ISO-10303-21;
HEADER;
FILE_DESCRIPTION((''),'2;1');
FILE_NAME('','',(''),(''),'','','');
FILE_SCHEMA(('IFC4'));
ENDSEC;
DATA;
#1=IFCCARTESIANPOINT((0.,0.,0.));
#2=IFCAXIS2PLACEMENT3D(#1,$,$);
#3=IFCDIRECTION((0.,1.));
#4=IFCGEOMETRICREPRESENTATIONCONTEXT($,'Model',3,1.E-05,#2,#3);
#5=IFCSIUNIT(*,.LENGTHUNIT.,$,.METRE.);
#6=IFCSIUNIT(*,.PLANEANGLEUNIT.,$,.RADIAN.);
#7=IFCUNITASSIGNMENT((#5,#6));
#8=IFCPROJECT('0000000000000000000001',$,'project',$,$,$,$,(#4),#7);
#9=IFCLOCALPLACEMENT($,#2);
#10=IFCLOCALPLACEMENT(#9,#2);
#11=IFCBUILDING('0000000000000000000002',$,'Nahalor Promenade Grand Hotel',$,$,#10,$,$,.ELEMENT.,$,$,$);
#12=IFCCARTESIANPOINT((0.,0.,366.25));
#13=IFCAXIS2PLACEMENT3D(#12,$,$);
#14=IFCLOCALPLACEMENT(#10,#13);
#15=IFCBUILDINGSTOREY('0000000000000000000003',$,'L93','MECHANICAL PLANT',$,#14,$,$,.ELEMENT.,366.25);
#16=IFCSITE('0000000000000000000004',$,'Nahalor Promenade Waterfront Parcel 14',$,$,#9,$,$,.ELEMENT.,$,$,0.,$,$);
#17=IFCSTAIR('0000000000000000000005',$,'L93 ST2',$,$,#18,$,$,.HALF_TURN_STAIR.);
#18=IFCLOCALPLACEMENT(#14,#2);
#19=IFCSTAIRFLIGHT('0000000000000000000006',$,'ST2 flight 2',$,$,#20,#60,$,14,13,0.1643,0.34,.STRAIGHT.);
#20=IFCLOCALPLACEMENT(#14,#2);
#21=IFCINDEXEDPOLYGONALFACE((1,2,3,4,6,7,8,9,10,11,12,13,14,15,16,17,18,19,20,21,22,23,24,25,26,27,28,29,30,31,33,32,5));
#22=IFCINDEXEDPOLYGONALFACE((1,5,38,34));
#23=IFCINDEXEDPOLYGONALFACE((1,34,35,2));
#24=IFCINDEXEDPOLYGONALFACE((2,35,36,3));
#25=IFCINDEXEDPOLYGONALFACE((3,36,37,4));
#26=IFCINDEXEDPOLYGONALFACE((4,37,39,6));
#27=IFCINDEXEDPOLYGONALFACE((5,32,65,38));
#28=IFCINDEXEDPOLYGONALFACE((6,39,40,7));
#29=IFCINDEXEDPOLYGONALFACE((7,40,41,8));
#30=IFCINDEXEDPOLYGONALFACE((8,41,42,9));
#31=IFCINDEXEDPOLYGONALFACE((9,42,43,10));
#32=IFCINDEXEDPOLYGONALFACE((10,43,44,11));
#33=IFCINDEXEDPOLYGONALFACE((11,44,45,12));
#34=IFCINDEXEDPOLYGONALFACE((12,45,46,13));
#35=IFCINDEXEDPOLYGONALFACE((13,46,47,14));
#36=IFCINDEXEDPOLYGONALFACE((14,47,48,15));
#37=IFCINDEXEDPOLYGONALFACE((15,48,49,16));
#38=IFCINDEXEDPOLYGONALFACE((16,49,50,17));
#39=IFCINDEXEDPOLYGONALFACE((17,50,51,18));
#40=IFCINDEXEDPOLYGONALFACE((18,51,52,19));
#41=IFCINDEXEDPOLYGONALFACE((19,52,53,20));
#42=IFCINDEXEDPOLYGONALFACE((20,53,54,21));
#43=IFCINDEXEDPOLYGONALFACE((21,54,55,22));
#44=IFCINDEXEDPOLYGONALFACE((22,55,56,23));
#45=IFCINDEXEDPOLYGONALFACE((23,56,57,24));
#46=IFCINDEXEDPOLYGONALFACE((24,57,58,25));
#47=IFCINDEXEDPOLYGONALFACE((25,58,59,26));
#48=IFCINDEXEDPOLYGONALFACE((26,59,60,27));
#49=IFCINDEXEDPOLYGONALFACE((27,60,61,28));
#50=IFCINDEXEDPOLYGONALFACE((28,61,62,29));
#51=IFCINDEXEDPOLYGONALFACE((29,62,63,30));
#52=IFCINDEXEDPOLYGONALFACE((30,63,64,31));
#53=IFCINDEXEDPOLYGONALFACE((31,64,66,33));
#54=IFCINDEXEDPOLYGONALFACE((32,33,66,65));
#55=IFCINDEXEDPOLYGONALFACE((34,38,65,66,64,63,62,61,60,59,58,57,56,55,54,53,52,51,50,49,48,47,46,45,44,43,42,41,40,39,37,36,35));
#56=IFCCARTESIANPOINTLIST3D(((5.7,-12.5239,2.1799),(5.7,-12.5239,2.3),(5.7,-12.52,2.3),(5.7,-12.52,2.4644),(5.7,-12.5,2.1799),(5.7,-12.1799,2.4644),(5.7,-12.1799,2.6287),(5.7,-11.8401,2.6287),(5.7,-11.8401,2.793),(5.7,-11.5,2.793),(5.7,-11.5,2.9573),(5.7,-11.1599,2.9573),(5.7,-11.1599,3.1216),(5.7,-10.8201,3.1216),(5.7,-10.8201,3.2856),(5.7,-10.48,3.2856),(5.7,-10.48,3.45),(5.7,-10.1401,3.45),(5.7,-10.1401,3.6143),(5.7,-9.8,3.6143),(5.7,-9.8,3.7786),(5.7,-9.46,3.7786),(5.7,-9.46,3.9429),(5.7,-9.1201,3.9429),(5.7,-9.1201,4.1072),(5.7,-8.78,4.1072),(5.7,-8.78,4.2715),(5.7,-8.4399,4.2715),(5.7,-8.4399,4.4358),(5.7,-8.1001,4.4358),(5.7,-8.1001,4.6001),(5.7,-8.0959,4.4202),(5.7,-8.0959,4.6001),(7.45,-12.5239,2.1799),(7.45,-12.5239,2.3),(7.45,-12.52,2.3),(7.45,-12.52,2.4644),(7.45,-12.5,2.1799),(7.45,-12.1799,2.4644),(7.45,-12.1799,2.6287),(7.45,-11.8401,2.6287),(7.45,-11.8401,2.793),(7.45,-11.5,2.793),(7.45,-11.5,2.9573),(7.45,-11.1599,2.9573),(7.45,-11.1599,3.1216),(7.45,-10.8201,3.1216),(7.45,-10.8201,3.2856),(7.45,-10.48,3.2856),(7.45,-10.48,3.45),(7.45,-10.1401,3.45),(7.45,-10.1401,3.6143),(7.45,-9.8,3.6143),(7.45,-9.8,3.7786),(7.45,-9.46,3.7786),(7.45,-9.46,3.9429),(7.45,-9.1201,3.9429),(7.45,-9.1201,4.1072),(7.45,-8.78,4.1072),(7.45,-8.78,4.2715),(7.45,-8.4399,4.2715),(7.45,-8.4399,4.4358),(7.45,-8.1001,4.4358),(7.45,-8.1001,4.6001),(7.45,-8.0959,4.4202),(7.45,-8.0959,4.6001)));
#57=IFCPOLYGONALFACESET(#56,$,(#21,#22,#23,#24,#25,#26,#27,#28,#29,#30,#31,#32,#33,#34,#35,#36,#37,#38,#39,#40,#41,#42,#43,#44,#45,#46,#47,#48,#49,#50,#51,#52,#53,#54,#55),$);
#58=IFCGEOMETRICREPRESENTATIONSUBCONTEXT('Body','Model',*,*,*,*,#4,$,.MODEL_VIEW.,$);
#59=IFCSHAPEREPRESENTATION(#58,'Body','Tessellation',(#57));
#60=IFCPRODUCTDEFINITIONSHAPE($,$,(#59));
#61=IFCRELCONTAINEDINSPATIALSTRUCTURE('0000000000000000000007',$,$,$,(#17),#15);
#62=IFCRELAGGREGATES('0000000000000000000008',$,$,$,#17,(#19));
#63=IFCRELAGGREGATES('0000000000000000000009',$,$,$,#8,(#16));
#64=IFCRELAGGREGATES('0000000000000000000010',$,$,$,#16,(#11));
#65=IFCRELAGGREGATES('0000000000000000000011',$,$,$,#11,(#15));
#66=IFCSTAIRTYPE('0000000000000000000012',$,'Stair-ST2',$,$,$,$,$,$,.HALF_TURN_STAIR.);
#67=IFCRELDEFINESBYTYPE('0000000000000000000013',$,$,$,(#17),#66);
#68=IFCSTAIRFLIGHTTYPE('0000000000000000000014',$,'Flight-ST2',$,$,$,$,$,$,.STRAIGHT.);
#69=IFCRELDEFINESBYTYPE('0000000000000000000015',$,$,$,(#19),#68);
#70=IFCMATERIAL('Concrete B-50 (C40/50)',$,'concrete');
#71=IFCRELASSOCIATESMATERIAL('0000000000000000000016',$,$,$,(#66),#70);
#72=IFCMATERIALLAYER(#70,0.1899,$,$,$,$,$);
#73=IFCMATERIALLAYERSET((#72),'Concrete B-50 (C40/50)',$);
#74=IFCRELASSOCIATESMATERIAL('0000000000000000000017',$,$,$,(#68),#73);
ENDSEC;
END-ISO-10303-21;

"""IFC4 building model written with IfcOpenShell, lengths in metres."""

from ifc_helpers import new_model, si_unit, direction, frame, origin, place, context, subcontext, project, spatial, polyline, outline, extrude, source, transform, mapped, material, layer, layer_set, type_object, element, aggregate, save


model = new_model("IFC4")

# Units and contexts
model_context = context("Model", 3, precision=1e-05, world=origin(), true_north=direction((0.0, 1.0)))
body_context = subcontext(model_context, "Body", "Model", "MODEL_VIEW")
ifc_project = project(units=[si_unit("LENGTHUNIT", "METRE"), si_unit("PLANEANGLEUNIT", "RADIAN")], contexts=[model_context])

# Site, building, storey
site_placement = place(None, origin())
site = spatial("IfcSite", under=ifc_project, at=site_placement, Name="Nahalor Promenade Waterfront Parcel 14", CompositionType="ELEMENT", RefElevation=0.0)
building_placement = place(site_placement, origin())
building = spatial("IfcBuilding", under=site, at=building_placement, Name="Nahalor Promenade Grand Hotel", CompositionType="ELEMENT")
storey_placement = place(building_placement, frame((0.0, 0.0, 366.25)))
storey = spatial("IfcBuildingStorey", under=building, at=storey_placement, Name="L93", Description="MECHANICAL PLANT", CompositionType="ELEMENT", Elevation=366.25)

# Shared definitions
ifc_material_1 = material(Name="Concrete B-50 (C40/50)", Category="concrete")

# Stair, stair flight
stair_type = type_object("IfcStairType", Name="Stair-ST2", PredefinedType="HALF_TURN_STAIR", material=ifc_material_1)
stair_placement = place(storey_placement, origin())
stair = element("IfcStair", 1, at=stair_placement, inside=storey, type_object=stair_type, Name="L93 ST2", PredefinedType="HALF_TURN_STAIR")
ifc_layer_1 = layer(ifc_material_1, 0.1899)
ifc_layer_set_1 = layer_set([ifc_layer_1], Name="Concrete B-50 (C40/50)")
stair_flight_type = type_object("IfcStairFlightType", Name="Flight-ST2", PredefinedType="STRAIGHT", material=ifc_layer_set_1)
shared_shape_1 = source(origin(), body_context, "Body", "SweptSolid", [
    extrude(outline(polyline([(-0.0039, -0.1201), (-0.0039, 0.0), (0.0, 0.0), (0.0, 0.1643), (0.3401, 0.1643), (0.3401, 0.3286), (0.6799, 0.3286), (0.6799, 0.4929), (1.02, 0.4929), (1.02, 0.6572), (1.3601, 0.6572), (1.3601, 0.8215), (1.7, 0.8215), (1.7, 0.9856), (2.04, 0.9856), (2.04, 1.1499), (2.3799, 1.1499), (2.3799, 1.3142), (2.72, 1.3142), (2.72, 1.4785), (3.0601, 1.4785), (3.0601, 1.6428), (3.3999, 1.6428), (3.3999, 1.8071), (3.74, 1.8071), (3.74, 1.9714), (4.0801, 1.9714), (4.0801, 2.1357), (4.4199, 2.1357), (4.4199, 2.3), (4.4241, 2.3), (4.4241, 2.1201), (0.02, -0.1201), (-0.0039, -0.1201)])), frame((0.0, 0.875, 0.0), z_axis=(0.0, -1.0, 0.0), x_axis=(1.0, 0.0, 0.0)), (0.0, 0.0, 1.0), 1.75),
])
stair_flight_1_placement = place(storey_placement, frame((6.575, -12.52, 2.3), z_axis=(0.0, 0.0, 1.0), x_axis=(0.0, 1.0, 0.0)))
stair_flight_1 = element("IfcStairFlight", 2, at=stair_flight_1_placement, type_object=stair_flight_type, Name="ST2 flight 2", NumberOfRisers=14, NumberOfTreads=13, PredefinedType="STRAIGHT", RiserHeight=0.1643, TreadLength=0.34, context=body_context, shape_type="MappedRepresentation", body=[
    mapped(shared_shape_1, transform((0.0, 0.0, 0.0), scale=1.0)),
])
aggregate(stair, [stair_flight_1])

save(model, "model.ifc")
